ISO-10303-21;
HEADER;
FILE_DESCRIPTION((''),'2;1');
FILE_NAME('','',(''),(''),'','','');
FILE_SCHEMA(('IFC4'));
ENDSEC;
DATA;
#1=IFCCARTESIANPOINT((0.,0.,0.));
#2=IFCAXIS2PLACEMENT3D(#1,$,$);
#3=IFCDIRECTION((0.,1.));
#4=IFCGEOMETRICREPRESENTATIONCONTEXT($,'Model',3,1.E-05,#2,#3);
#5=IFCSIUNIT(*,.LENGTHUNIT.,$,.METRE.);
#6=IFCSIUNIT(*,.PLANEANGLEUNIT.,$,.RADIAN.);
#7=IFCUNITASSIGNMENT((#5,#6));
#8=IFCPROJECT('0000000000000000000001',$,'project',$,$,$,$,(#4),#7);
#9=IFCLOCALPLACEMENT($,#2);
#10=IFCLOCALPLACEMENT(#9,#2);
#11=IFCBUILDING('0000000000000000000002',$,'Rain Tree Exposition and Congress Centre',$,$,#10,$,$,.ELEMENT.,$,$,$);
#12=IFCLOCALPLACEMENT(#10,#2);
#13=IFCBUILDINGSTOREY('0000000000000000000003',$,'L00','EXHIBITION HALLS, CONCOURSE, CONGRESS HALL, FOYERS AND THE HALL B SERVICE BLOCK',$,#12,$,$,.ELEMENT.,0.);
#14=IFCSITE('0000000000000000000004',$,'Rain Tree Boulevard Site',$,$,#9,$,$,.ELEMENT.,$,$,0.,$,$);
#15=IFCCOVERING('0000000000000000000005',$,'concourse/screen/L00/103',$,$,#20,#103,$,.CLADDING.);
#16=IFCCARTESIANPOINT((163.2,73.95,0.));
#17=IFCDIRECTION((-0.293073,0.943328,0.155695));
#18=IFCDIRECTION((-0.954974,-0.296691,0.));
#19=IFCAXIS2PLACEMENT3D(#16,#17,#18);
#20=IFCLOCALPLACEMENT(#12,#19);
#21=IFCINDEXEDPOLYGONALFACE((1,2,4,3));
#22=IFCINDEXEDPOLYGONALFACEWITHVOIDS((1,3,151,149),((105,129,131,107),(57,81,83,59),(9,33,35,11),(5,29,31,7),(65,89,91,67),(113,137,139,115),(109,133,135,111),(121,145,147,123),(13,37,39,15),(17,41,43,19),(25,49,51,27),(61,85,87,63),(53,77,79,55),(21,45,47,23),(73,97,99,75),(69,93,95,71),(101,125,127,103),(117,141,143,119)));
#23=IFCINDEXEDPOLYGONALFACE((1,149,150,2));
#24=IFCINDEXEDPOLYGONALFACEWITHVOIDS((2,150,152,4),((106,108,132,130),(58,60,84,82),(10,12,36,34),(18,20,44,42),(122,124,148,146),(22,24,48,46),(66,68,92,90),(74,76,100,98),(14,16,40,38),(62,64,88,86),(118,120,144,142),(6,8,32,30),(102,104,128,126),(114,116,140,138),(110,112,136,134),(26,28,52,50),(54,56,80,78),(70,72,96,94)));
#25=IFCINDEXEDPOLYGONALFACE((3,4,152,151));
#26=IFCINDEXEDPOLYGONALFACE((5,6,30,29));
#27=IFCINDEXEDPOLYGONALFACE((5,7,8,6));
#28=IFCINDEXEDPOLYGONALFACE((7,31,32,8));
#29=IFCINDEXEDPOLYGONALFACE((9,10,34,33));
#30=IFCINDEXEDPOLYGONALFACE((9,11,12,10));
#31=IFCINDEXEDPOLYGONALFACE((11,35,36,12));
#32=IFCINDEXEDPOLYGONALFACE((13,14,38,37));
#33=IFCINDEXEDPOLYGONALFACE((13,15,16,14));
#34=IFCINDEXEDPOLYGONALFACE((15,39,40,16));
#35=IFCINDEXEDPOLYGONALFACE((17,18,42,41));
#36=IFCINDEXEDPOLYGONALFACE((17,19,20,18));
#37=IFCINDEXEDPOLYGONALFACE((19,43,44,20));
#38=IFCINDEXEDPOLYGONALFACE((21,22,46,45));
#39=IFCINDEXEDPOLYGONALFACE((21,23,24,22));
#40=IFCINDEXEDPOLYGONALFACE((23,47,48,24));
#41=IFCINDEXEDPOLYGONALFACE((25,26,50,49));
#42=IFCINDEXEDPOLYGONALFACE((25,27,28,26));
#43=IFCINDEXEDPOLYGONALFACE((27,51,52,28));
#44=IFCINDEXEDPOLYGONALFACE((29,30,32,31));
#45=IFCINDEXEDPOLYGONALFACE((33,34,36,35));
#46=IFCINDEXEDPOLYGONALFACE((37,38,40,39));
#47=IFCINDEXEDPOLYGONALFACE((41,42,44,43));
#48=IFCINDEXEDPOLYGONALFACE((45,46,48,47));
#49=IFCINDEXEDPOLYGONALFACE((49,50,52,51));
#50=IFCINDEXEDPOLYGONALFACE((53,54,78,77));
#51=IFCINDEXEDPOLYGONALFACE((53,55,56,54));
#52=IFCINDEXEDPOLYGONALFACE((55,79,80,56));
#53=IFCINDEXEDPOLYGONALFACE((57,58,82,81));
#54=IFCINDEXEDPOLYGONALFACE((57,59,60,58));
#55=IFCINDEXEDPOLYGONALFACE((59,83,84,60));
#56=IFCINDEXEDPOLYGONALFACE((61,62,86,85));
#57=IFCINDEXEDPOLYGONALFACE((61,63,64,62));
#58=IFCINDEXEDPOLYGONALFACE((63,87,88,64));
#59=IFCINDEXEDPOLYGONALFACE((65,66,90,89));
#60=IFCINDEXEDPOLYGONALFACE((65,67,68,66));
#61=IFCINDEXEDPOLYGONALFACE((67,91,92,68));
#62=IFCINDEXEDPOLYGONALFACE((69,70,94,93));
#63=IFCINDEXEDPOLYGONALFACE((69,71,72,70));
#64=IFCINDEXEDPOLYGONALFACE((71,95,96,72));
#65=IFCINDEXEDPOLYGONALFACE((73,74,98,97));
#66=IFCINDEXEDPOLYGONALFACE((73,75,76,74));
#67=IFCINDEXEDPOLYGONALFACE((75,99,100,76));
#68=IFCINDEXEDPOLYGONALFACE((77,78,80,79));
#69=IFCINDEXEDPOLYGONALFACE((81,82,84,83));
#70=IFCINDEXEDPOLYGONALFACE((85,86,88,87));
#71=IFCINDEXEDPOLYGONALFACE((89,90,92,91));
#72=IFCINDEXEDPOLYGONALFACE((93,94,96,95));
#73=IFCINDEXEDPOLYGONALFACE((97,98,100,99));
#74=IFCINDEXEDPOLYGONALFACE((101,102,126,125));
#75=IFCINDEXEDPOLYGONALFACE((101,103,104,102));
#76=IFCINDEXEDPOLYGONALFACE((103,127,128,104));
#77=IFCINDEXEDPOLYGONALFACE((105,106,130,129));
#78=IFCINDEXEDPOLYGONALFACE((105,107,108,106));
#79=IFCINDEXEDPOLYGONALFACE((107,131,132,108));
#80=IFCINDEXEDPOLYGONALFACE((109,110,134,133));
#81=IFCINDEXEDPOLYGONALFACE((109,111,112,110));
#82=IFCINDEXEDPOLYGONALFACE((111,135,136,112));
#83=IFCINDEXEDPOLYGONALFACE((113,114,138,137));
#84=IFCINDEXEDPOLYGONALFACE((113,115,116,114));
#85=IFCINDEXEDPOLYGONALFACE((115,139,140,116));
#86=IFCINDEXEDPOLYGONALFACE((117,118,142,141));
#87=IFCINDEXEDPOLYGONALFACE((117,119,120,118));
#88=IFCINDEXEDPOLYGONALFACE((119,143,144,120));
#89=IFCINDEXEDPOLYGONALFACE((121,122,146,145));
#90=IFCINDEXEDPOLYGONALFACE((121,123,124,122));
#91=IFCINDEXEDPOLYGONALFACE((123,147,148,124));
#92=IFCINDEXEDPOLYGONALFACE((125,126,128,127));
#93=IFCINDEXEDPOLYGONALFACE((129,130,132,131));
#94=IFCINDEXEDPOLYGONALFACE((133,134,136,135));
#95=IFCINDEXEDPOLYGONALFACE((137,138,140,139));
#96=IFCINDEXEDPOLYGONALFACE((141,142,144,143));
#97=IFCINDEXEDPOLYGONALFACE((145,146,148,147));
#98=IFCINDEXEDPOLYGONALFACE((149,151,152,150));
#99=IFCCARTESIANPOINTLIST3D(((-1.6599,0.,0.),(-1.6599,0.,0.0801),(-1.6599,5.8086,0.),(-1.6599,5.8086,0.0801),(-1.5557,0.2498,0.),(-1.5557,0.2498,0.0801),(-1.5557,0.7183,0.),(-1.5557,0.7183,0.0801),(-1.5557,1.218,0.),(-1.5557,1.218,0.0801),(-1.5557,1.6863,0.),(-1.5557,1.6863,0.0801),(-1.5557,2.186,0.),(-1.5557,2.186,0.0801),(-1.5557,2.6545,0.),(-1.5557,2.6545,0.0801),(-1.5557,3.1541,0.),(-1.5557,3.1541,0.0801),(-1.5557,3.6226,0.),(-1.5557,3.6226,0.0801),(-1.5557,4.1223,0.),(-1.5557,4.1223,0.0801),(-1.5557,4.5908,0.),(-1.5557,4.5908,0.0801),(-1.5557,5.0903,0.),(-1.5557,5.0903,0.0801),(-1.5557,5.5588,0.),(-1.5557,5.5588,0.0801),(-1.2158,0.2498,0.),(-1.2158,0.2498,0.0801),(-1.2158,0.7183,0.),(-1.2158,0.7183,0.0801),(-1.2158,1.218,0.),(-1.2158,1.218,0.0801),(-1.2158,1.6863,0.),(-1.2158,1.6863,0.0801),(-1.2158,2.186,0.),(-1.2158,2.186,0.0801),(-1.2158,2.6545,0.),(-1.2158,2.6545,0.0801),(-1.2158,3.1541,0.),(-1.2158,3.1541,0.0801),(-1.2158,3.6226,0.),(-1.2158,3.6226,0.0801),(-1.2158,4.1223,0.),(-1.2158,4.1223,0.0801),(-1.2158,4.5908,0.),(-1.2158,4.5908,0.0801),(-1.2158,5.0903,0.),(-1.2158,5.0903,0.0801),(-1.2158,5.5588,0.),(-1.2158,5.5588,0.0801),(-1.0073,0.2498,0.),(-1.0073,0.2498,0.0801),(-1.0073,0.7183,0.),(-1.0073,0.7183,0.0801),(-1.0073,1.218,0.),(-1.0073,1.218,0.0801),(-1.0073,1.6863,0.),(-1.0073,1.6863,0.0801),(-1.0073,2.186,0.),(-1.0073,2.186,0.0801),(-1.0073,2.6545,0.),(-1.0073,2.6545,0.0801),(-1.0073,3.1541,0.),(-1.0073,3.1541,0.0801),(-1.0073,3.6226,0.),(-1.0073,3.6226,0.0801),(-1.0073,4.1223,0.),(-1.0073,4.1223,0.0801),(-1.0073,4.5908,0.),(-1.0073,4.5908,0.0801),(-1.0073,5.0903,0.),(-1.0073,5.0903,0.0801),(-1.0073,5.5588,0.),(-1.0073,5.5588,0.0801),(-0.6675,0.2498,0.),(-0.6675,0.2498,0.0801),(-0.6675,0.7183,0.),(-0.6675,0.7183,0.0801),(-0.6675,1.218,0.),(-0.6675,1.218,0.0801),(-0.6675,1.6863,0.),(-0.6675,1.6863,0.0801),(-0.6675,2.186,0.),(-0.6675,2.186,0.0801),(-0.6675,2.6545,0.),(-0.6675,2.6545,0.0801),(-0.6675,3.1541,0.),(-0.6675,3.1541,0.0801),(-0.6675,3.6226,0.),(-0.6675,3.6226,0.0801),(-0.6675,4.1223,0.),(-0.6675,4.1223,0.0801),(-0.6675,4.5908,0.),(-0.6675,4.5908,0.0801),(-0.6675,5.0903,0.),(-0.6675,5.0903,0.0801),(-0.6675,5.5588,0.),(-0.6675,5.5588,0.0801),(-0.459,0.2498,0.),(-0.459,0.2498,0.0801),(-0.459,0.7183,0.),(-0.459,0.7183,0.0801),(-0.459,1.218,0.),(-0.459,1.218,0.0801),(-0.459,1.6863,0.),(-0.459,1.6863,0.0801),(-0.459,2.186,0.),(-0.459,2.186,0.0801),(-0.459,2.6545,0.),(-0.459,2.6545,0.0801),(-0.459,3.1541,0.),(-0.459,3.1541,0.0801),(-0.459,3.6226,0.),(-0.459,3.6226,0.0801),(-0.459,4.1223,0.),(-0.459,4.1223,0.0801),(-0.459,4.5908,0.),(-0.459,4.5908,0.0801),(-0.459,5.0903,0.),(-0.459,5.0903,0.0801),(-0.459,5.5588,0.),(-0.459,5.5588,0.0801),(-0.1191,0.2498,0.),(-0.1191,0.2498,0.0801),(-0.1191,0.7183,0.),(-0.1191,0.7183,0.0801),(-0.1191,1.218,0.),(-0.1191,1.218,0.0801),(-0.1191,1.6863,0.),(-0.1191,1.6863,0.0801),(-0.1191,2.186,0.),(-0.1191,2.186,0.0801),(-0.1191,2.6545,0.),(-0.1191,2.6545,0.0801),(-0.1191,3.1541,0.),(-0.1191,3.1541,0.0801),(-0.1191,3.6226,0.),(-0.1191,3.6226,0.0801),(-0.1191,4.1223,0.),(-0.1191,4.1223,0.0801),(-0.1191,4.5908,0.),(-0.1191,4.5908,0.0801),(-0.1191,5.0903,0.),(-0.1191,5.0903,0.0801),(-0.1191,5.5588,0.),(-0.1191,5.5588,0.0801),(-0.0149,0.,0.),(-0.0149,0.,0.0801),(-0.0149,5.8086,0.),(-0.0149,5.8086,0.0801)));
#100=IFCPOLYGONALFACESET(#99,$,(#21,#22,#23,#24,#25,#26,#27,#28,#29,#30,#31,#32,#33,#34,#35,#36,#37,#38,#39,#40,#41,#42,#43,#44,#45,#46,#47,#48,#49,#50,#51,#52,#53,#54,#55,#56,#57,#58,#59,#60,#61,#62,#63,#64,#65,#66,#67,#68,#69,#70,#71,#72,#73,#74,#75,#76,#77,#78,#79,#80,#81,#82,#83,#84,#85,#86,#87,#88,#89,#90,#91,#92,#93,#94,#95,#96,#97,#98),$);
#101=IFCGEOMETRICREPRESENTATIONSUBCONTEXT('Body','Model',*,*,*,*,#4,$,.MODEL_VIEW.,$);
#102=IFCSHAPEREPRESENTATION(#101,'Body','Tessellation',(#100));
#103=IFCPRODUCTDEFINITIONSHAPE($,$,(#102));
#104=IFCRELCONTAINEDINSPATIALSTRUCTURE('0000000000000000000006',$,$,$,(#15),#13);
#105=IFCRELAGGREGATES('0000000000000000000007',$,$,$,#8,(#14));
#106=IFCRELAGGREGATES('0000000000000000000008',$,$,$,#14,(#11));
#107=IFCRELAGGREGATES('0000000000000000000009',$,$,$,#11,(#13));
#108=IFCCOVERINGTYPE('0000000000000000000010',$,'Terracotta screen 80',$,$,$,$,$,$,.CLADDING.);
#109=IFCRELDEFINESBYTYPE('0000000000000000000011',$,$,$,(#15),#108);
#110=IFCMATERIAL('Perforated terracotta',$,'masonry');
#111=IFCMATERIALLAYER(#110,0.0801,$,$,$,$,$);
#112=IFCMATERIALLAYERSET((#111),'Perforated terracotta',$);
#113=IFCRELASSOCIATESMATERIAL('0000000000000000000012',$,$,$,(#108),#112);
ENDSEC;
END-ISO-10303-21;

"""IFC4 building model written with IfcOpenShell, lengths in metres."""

from ifc_helpers import new_model, si_unit, direction, frame, origin, place, context, subcontext, project, spatial, polyline, outline, extrude, material, layer, layer_set, type_object, element, save


model = new_model("IFC4")

# Units and contexts
model_context = context("Model", 3, precision=1e-05, world=origin(), true_north=direction((0.0, 1.0)))
body_context = subcontext(model_context, "Body", "Model", "MODEL_VIEW")
ifc_project = project(units=[si_unit("LENGTHUNIT", "METRE"), si_unit("PLANEANGLEUNIT", "RADIAN")], contexts=[model_context])

# Site, building, storey
site_placement = place(None, origin())
site = spatial("IfcSite", under=ifc_project, at=site_placement, Name="Rain Tree Boulevard Site", CompositionType="ELEMENT", RefElevation=0.0)
building_placement = place(site_placement, origin())
building = spatial("IfcBuilding", under=site, at=building_placement, Name="Rain Tree Exposition and Congress Centre", CompositionType="ELEMENT")
storey_placement = place(building_placement, origin())
storey = spatial("IfcBuildingStorey", under=building, at=storey_placement, Name="L00", Description="EXHIBITION HALLS, CONCOURSE, CONGRESS HALL, FOYERS AND THE HALL B SERVICE BLOCK", CompositionType="ELEMENT", Elevation=0.0)

# Covering
ifc_material_1 = material(Name="Perforated terracotta", Category="masonry")
ifc_layer_1 = layer(ifc_material_1, 0.0801)
ifc_layer_set_1 = layer_set([ifc_layer_1], Name="Perforated terracotta")
covering_type = type_object("IfcCoveringType", Name="Terracotta screen 80", PredefinedType="CLADDING", material=ifc_layer_set_1)
covering_1_placement = place(storey_placement, frame((163.2, 73.95, 0.0), z_axis=(-0.293073, 0.943328, 0.155695), x_axis=(-0.954974, -0.296691, 0.0)))
element("IfcCovering", 1, at=covering_1_placement, inside=storey, type_object=covering_type, Name="concourse/screen/L00/103", PredefinedType="CLADDING", context=body_context, shape_type="SweptSolid", body=[
    extrude(outline(polyline([(-0.0149, 0.0), (-1.6599, 0.0), (-1.6599, 5.8086), (-0.0149, 5.8086), (-0.0149, 0.0)]), holes=[polyline([(-0.1191, 0.2498), (-0.1191, 0.7183), (-0.459, 0.7183), (-0.459, 0.2498), (-0.1191, 0.2498)]), polyline([(-0.1191, 1.218), (-0.1191, 1.6863), (-0.459, 1.6863), (-0.459, 1.218), (-0.1191, 1.218)]), polyline([(-0.1191, 2.186), (-0.1191, 2.6545), (-0.459, 2.6545), (-0.459, 2.186), (-0.1191, 2.186)]), polyline([(-0.1191, 3.1541), (-0.1191, 3.6226), (-0.459, 3.6226), (-0.459, 3.1541), (-0.1191, 3.1541)]), polyline([(-0.1191, 4.1223), (-0.1191, 4.5908), (-0.459, 4.5908), (-0.459, 4.1223), (-0.1191, 4.1223)]), polyline([(-0.1191, 5.0903), (-0.1191, 5.5588), (-0.459, 5.5588), (-0.459, 5.0903), (-0.1191, 5.0903)]), polyline([(-0.6675, 0.2498), (-0.6675, 0.7183), (-1.0073, 0.7183), (-1.0073, 0.2498), (-0.6675, 0.2498)]), polyline([(-0.6675, 1.218), (-0.6675, 1.6863), (-1.0073, 1.6863), (-1.0073, 1.218), (-0.6675, 1.218)]), polyline([(-0.6675, 2.186), (-0.6675, 2.6545), (-1.0073, 2.6545), (-1.0073, 2.186), (-0.6675, 2.186)]), polyline([(-0.6675, 3.1541), (-0.6675, 3.6226), (-1.0073, 3.6226), (-1.0073, 3.1541), (-0.6675, 3.1541)]), polyline([(-0.6675, 4.1223), (-0.6675, 4.5908), (-1.0073, 4.5908), (-1.0073, 4.1223), (-0.6675, 4.1223)]), polyline([(-0.6675, 5.0903), (-0.6675, 5.5588), (-1.0073, 5.5588), (-1.0073, 5.0903), (-0.6675, 5.0903)]), polyline([(-1.2158, 0.2498), (-1.2158, 0.7183), (-1.5557, 0.7183), (-1.5557, 0.2498), (-1.2158, 0.2498)]), polyline([(-1.2158, 1.218), (-1.2158, 1.6863), (-1.5557, 1.6863), (-1.5557, 1.218), (-1.2158, 1.218)]), polyline([(-1.2158, 2.186), (-1.2158, 2.6545), (-1.5557, 2.6545), (-1.5557, 2.186), (-1.2158, 2.186)]), polyline([(-1.2158, 3.1541), (-1.2158, 3.6226), (-1.5557, 3.6226), (-1.5557, 3.1541), (-1.2158, 3.1541)]), polyline([(-1.2158, 4.1223), (-1.2158, 4.5908), (-1.5557, 4.5908), (-1.5557, 4.1223), (-1.2158, 4.1223)]), polyline([(-1.2158, 5.0903), (-1.2158, 5.5588), (-1.5557, 5.5588), (-1.5557, 5.0903), (-1.2158, 5.0903)])]), origin(), (0.0, 0.0, 1.0), 0.0801),
])

save(model, "model.ifc")
